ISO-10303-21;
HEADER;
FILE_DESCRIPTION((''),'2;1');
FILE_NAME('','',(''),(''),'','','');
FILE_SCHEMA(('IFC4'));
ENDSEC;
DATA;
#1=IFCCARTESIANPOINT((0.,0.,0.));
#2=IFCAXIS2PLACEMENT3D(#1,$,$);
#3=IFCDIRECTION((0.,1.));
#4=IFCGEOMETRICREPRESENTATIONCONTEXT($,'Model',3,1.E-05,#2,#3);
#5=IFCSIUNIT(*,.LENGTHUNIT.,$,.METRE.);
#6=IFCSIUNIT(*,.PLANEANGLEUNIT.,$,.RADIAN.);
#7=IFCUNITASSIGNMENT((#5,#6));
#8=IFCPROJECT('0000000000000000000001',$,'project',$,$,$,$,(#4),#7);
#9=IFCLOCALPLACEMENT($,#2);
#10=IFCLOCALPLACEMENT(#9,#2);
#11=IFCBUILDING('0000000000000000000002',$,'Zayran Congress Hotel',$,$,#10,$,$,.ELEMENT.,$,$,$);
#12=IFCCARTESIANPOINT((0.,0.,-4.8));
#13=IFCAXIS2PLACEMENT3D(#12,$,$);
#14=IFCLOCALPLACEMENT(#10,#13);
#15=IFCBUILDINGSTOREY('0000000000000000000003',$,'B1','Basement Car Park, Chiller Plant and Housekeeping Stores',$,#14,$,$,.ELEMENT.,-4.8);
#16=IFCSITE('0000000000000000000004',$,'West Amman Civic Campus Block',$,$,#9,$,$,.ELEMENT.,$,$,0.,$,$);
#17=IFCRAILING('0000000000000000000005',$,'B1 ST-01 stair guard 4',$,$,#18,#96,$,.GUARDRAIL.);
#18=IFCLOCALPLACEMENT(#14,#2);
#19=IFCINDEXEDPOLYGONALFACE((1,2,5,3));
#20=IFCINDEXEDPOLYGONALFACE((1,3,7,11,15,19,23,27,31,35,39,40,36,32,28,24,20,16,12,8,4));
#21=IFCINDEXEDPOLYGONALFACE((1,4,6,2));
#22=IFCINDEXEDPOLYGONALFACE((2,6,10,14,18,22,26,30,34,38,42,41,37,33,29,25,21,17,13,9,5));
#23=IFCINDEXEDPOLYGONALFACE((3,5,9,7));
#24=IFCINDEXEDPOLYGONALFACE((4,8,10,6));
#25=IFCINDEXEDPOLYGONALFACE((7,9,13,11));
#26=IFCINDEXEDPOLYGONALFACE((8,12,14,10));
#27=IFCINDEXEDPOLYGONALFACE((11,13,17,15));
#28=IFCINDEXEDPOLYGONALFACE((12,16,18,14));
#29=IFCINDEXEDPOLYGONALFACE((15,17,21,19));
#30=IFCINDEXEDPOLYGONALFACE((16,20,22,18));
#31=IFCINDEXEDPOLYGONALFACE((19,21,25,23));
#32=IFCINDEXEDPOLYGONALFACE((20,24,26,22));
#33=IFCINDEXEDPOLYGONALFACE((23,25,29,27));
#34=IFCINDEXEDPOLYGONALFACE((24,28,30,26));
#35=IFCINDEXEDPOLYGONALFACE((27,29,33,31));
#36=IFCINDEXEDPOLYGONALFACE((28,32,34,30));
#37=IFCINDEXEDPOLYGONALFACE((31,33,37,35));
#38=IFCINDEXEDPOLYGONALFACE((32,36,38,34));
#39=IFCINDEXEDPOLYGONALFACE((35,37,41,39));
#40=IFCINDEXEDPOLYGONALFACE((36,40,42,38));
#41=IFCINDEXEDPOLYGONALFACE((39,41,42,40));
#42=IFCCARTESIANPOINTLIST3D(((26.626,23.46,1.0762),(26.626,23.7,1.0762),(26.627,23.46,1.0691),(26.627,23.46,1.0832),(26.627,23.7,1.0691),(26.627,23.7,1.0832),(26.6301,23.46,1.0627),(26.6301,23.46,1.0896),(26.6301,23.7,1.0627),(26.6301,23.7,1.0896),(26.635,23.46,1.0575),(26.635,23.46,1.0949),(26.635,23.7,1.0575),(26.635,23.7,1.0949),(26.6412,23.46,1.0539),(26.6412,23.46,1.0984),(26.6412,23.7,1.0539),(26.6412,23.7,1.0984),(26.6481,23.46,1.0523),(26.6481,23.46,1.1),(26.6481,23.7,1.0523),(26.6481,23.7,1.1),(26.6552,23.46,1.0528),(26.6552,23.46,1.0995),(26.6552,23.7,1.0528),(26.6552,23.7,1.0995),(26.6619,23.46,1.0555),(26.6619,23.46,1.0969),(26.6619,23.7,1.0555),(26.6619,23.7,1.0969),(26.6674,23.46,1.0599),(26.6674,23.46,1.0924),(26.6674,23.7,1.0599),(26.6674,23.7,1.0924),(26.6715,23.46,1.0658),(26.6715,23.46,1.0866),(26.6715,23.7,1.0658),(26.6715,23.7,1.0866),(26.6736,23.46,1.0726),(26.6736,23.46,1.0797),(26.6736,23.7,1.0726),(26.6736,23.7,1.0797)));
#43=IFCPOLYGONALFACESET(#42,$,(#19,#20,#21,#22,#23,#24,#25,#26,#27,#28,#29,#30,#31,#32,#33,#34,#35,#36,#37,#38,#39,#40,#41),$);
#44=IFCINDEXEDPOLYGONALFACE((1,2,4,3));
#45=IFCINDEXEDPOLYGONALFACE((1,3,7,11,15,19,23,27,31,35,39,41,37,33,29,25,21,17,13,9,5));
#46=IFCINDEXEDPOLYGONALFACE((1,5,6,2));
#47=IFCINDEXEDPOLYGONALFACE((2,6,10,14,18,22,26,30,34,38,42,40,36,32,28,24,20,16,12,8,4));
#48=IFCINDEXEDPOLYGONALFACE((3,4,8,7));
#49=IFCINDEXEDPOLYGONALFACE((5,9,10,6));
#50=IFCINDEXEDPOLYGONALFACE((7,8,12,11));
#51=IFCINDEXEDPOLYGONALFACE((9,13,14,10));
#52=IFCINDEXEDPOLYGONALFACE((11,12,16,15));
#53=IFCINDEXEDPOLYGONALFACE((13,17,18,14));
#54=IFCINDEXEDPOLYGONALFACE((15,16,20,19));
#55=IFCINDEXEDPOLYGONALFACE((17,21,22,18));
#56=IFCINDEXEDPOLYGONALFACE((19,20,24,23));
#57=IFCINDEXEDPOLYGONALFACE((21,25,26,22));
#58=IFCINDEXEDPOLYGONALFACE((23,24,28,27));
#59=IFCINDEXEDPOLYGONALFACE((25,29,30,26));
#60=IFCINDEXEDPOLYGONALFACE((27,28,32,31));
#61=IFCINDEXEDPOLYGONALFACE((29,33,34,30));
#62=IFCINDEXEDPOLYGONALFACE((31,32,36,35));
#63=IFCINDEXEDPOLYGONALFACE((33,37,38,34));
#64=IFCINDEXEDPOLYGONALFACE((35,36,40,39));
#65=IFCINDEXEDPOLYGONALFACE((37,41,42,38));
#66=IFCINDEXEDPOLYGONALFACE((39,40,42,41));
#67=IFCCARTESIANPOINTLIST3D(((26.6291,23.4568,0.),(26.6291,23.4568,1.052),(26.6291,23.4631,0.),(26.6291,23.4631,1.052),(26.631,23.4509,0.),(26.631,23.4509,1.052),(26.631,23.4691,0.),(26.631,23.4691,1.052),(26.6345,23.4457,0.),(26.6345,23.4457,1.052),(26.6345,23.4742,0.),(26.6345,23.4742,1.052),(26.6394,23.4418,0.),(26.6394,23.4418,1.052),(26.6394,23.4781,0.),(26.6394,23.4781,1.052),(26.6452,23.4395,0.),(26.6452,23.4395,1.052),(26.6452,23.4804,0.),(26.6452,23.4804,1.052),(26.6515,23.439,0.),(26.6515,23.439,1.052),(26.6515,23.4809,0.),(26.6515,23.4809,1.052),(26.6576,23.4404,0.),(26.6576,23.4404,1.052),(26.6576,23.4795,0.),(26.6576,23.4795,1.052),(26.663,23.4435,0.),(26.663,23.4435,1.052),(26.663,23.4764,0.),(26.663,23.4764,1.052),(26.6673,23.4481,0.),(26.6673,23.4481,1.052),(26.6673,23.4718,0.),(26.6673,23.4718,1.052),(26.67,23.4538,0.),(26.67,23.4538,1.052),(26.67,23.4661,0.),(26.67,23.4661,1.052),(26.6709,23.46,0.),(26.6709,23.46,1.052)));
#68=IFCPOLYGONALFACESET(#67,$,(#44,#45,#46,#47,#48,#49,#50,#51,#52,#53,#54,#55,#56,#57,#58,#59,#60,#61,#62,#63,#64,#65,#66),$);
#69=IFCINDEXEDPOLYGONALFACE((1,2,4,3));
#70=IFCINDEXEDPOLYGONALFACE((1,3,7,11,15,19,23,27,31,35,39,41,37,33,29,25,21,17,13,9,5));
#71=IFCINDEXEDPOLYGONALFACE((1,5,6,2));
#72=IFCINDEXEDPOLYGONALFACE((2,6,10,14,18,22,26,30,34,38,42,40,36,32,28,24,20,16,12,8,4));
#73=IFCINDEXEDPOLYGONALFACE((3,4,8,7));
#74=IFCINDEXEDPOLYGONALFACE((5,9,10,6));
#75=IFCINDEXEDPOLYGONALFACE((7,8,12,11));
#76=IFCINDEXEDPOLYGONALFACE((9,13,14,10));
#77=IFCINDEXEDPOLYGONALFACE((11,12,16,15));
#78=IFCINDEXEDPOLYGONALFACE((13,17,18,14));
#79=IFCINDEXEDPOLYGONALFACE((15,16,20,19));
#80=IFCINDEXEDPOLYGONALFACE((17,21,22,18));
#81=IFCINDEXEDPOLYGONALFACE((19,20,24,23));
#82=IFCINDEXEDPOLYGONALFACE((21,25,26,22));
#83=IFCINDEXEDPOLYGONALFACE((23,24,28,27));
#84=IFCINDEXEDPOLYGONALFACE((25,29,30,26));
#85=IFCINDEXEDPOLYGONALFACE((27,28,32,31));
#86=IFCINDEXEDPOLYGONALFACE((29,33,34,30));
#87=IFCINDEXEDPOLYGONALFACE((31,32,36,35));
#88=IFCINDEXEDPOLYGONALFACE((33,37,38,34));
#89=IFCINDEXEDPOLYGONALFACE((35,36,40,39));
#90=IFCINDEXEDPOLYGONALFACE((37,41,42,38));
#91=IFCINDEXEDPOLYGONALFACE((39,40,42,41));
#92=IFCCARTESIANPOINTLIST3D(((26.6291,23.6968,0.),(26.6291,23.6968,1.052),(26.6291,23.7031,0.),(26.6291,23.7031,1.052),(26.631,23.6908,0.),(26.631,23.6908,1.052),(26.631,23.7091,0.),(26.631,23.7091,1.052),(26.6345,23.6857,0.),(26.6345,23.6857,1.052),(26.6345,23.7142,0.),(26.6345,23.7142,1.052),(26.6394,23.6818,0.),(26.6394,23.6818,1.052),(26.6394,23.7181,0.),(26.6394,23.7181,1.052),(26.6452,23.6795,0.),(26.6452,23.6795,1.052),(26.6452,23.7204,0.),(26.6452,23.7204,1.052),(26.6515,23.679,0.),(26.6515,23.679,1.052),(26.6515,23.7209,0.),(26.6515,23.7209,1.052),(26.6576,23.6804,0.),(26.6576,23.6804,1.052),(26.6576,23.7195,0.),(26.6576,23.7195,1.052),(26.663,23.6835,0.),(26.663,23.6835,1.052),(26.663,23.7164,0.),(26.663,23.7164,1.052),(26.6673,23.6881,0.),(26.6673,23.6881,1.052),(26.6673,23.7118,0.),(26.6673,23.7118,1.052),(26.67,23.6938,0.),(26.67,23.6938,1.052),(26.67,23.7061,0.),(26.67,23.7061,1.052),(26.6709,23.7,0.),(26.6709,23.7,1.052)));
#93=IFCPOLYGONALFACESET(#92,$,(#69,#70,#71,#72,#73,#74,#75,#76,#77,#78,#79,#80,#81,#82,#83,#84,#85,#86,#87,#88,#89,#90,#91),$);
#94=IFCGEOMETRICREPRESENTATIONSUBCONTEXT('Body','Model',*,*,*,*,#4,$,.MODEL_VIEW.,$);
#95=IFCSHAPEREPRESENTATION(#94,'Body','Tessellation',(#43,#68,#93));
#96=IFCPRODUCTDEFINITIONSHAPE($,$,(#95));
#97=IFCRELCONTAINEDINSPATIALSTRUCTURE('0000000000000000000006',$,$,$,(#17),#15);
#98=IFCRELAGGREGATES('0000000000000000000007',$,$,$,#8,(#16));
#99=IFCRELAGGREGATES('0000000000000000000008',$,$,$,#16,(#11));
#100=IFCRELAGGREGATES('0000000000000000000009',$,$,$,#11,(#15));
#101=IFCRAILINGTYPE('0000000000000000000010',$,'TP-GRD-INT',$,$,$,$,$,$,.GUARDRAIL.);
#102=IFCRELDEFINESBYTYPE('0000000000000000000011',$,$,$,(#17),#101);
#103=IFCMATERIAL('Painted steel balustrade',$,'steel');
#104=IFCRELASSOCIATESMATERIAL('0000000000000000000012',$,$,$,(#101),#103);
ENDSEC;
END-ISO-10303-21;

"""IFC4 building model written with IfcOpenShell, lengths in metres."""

from ifc_helpers import new_model, si_unit, direction, frame, origin, origin_2d, place, context, subcontext, project, spatial, circle, extrude, material, type_object, element, save


model = new_model("IFC4")

# Units and contexts
model_context = context("Model", 3, precision=1e-05, world=origin(), true_north=direction((0.0, 1.0)))
body_context = subcontext(model_context, "Body", "Model", "MODEL_VIEW")
ifc_project = project(units=[si_unit("LENGTHUNIT", "METRE"), si_unit("PLANEANGLEUNIT", "RADIAN")], contexts=[model_context])

# Site, building, storey
site_placement = place(None, origin())
site = spatial("IfcSite", under=ifc_project, at=site_placement, Name="West Amman Civic Campus Block", CompositionType="ELEMENT", RefElevation=0.0)
building_placement = place(site_placement, origin())
building = spatial("IfcBuilding", under=site, at=building_placement, Name="Zayran Congress Hotel", CompositionType="ELEMENT")
storey_placement = place(building_placement, frame((0.0, 0.0, -4.8)))
storey = spatial("IfcBuildingStorey", under=building, at=storey_placement, Name="B1", Description="Basement Car Park, Chiller Plant and Housekeeping Stores", CompositionType="ELEMENT", Elevation=-4.8)

# Railing
ifc_material_1 = material(Name="Painted steel balustrade", Category="steel")
railing_type_1 = type_object("IfcRailingType", Name="TP-GRD-INT", PredefinedType="GUARDRAIL", material=ifc_material_1)
railing_1_placement = place(storey_placement, frame((26.6499, 23.46, 0.0)))
element("IfcRailing", 1, at=railing_1_placement, inside=storey, type_object=railing_type_1, Name="B1 ST-01 stair guard 4", PredefinedType="GUARDRAIL", context=body_context, shape_type="SweptSolid", body=[
    extrude(circle(Radius=0.0239, at=origin_2d()), frame((0.0, 0.0, 1.0762), z_axis=(0.0, 1.0, 0.0), x_axis=(-1.0, 0.0, 0.0)), (0.0, 0.0, 1.0), 0.24),
    extrude(circle(Radius=0.021, at=origin_2d()), origin(), (0.0, 0.0, 1.0), 1.052),
    extrude(circle(Radius=0.021, at=origin_2d()), frame((0.0, 0.24, 0.0)), (0.0, 0.0, 1.0), 1.052),
])

save(model, "model.ifc")
